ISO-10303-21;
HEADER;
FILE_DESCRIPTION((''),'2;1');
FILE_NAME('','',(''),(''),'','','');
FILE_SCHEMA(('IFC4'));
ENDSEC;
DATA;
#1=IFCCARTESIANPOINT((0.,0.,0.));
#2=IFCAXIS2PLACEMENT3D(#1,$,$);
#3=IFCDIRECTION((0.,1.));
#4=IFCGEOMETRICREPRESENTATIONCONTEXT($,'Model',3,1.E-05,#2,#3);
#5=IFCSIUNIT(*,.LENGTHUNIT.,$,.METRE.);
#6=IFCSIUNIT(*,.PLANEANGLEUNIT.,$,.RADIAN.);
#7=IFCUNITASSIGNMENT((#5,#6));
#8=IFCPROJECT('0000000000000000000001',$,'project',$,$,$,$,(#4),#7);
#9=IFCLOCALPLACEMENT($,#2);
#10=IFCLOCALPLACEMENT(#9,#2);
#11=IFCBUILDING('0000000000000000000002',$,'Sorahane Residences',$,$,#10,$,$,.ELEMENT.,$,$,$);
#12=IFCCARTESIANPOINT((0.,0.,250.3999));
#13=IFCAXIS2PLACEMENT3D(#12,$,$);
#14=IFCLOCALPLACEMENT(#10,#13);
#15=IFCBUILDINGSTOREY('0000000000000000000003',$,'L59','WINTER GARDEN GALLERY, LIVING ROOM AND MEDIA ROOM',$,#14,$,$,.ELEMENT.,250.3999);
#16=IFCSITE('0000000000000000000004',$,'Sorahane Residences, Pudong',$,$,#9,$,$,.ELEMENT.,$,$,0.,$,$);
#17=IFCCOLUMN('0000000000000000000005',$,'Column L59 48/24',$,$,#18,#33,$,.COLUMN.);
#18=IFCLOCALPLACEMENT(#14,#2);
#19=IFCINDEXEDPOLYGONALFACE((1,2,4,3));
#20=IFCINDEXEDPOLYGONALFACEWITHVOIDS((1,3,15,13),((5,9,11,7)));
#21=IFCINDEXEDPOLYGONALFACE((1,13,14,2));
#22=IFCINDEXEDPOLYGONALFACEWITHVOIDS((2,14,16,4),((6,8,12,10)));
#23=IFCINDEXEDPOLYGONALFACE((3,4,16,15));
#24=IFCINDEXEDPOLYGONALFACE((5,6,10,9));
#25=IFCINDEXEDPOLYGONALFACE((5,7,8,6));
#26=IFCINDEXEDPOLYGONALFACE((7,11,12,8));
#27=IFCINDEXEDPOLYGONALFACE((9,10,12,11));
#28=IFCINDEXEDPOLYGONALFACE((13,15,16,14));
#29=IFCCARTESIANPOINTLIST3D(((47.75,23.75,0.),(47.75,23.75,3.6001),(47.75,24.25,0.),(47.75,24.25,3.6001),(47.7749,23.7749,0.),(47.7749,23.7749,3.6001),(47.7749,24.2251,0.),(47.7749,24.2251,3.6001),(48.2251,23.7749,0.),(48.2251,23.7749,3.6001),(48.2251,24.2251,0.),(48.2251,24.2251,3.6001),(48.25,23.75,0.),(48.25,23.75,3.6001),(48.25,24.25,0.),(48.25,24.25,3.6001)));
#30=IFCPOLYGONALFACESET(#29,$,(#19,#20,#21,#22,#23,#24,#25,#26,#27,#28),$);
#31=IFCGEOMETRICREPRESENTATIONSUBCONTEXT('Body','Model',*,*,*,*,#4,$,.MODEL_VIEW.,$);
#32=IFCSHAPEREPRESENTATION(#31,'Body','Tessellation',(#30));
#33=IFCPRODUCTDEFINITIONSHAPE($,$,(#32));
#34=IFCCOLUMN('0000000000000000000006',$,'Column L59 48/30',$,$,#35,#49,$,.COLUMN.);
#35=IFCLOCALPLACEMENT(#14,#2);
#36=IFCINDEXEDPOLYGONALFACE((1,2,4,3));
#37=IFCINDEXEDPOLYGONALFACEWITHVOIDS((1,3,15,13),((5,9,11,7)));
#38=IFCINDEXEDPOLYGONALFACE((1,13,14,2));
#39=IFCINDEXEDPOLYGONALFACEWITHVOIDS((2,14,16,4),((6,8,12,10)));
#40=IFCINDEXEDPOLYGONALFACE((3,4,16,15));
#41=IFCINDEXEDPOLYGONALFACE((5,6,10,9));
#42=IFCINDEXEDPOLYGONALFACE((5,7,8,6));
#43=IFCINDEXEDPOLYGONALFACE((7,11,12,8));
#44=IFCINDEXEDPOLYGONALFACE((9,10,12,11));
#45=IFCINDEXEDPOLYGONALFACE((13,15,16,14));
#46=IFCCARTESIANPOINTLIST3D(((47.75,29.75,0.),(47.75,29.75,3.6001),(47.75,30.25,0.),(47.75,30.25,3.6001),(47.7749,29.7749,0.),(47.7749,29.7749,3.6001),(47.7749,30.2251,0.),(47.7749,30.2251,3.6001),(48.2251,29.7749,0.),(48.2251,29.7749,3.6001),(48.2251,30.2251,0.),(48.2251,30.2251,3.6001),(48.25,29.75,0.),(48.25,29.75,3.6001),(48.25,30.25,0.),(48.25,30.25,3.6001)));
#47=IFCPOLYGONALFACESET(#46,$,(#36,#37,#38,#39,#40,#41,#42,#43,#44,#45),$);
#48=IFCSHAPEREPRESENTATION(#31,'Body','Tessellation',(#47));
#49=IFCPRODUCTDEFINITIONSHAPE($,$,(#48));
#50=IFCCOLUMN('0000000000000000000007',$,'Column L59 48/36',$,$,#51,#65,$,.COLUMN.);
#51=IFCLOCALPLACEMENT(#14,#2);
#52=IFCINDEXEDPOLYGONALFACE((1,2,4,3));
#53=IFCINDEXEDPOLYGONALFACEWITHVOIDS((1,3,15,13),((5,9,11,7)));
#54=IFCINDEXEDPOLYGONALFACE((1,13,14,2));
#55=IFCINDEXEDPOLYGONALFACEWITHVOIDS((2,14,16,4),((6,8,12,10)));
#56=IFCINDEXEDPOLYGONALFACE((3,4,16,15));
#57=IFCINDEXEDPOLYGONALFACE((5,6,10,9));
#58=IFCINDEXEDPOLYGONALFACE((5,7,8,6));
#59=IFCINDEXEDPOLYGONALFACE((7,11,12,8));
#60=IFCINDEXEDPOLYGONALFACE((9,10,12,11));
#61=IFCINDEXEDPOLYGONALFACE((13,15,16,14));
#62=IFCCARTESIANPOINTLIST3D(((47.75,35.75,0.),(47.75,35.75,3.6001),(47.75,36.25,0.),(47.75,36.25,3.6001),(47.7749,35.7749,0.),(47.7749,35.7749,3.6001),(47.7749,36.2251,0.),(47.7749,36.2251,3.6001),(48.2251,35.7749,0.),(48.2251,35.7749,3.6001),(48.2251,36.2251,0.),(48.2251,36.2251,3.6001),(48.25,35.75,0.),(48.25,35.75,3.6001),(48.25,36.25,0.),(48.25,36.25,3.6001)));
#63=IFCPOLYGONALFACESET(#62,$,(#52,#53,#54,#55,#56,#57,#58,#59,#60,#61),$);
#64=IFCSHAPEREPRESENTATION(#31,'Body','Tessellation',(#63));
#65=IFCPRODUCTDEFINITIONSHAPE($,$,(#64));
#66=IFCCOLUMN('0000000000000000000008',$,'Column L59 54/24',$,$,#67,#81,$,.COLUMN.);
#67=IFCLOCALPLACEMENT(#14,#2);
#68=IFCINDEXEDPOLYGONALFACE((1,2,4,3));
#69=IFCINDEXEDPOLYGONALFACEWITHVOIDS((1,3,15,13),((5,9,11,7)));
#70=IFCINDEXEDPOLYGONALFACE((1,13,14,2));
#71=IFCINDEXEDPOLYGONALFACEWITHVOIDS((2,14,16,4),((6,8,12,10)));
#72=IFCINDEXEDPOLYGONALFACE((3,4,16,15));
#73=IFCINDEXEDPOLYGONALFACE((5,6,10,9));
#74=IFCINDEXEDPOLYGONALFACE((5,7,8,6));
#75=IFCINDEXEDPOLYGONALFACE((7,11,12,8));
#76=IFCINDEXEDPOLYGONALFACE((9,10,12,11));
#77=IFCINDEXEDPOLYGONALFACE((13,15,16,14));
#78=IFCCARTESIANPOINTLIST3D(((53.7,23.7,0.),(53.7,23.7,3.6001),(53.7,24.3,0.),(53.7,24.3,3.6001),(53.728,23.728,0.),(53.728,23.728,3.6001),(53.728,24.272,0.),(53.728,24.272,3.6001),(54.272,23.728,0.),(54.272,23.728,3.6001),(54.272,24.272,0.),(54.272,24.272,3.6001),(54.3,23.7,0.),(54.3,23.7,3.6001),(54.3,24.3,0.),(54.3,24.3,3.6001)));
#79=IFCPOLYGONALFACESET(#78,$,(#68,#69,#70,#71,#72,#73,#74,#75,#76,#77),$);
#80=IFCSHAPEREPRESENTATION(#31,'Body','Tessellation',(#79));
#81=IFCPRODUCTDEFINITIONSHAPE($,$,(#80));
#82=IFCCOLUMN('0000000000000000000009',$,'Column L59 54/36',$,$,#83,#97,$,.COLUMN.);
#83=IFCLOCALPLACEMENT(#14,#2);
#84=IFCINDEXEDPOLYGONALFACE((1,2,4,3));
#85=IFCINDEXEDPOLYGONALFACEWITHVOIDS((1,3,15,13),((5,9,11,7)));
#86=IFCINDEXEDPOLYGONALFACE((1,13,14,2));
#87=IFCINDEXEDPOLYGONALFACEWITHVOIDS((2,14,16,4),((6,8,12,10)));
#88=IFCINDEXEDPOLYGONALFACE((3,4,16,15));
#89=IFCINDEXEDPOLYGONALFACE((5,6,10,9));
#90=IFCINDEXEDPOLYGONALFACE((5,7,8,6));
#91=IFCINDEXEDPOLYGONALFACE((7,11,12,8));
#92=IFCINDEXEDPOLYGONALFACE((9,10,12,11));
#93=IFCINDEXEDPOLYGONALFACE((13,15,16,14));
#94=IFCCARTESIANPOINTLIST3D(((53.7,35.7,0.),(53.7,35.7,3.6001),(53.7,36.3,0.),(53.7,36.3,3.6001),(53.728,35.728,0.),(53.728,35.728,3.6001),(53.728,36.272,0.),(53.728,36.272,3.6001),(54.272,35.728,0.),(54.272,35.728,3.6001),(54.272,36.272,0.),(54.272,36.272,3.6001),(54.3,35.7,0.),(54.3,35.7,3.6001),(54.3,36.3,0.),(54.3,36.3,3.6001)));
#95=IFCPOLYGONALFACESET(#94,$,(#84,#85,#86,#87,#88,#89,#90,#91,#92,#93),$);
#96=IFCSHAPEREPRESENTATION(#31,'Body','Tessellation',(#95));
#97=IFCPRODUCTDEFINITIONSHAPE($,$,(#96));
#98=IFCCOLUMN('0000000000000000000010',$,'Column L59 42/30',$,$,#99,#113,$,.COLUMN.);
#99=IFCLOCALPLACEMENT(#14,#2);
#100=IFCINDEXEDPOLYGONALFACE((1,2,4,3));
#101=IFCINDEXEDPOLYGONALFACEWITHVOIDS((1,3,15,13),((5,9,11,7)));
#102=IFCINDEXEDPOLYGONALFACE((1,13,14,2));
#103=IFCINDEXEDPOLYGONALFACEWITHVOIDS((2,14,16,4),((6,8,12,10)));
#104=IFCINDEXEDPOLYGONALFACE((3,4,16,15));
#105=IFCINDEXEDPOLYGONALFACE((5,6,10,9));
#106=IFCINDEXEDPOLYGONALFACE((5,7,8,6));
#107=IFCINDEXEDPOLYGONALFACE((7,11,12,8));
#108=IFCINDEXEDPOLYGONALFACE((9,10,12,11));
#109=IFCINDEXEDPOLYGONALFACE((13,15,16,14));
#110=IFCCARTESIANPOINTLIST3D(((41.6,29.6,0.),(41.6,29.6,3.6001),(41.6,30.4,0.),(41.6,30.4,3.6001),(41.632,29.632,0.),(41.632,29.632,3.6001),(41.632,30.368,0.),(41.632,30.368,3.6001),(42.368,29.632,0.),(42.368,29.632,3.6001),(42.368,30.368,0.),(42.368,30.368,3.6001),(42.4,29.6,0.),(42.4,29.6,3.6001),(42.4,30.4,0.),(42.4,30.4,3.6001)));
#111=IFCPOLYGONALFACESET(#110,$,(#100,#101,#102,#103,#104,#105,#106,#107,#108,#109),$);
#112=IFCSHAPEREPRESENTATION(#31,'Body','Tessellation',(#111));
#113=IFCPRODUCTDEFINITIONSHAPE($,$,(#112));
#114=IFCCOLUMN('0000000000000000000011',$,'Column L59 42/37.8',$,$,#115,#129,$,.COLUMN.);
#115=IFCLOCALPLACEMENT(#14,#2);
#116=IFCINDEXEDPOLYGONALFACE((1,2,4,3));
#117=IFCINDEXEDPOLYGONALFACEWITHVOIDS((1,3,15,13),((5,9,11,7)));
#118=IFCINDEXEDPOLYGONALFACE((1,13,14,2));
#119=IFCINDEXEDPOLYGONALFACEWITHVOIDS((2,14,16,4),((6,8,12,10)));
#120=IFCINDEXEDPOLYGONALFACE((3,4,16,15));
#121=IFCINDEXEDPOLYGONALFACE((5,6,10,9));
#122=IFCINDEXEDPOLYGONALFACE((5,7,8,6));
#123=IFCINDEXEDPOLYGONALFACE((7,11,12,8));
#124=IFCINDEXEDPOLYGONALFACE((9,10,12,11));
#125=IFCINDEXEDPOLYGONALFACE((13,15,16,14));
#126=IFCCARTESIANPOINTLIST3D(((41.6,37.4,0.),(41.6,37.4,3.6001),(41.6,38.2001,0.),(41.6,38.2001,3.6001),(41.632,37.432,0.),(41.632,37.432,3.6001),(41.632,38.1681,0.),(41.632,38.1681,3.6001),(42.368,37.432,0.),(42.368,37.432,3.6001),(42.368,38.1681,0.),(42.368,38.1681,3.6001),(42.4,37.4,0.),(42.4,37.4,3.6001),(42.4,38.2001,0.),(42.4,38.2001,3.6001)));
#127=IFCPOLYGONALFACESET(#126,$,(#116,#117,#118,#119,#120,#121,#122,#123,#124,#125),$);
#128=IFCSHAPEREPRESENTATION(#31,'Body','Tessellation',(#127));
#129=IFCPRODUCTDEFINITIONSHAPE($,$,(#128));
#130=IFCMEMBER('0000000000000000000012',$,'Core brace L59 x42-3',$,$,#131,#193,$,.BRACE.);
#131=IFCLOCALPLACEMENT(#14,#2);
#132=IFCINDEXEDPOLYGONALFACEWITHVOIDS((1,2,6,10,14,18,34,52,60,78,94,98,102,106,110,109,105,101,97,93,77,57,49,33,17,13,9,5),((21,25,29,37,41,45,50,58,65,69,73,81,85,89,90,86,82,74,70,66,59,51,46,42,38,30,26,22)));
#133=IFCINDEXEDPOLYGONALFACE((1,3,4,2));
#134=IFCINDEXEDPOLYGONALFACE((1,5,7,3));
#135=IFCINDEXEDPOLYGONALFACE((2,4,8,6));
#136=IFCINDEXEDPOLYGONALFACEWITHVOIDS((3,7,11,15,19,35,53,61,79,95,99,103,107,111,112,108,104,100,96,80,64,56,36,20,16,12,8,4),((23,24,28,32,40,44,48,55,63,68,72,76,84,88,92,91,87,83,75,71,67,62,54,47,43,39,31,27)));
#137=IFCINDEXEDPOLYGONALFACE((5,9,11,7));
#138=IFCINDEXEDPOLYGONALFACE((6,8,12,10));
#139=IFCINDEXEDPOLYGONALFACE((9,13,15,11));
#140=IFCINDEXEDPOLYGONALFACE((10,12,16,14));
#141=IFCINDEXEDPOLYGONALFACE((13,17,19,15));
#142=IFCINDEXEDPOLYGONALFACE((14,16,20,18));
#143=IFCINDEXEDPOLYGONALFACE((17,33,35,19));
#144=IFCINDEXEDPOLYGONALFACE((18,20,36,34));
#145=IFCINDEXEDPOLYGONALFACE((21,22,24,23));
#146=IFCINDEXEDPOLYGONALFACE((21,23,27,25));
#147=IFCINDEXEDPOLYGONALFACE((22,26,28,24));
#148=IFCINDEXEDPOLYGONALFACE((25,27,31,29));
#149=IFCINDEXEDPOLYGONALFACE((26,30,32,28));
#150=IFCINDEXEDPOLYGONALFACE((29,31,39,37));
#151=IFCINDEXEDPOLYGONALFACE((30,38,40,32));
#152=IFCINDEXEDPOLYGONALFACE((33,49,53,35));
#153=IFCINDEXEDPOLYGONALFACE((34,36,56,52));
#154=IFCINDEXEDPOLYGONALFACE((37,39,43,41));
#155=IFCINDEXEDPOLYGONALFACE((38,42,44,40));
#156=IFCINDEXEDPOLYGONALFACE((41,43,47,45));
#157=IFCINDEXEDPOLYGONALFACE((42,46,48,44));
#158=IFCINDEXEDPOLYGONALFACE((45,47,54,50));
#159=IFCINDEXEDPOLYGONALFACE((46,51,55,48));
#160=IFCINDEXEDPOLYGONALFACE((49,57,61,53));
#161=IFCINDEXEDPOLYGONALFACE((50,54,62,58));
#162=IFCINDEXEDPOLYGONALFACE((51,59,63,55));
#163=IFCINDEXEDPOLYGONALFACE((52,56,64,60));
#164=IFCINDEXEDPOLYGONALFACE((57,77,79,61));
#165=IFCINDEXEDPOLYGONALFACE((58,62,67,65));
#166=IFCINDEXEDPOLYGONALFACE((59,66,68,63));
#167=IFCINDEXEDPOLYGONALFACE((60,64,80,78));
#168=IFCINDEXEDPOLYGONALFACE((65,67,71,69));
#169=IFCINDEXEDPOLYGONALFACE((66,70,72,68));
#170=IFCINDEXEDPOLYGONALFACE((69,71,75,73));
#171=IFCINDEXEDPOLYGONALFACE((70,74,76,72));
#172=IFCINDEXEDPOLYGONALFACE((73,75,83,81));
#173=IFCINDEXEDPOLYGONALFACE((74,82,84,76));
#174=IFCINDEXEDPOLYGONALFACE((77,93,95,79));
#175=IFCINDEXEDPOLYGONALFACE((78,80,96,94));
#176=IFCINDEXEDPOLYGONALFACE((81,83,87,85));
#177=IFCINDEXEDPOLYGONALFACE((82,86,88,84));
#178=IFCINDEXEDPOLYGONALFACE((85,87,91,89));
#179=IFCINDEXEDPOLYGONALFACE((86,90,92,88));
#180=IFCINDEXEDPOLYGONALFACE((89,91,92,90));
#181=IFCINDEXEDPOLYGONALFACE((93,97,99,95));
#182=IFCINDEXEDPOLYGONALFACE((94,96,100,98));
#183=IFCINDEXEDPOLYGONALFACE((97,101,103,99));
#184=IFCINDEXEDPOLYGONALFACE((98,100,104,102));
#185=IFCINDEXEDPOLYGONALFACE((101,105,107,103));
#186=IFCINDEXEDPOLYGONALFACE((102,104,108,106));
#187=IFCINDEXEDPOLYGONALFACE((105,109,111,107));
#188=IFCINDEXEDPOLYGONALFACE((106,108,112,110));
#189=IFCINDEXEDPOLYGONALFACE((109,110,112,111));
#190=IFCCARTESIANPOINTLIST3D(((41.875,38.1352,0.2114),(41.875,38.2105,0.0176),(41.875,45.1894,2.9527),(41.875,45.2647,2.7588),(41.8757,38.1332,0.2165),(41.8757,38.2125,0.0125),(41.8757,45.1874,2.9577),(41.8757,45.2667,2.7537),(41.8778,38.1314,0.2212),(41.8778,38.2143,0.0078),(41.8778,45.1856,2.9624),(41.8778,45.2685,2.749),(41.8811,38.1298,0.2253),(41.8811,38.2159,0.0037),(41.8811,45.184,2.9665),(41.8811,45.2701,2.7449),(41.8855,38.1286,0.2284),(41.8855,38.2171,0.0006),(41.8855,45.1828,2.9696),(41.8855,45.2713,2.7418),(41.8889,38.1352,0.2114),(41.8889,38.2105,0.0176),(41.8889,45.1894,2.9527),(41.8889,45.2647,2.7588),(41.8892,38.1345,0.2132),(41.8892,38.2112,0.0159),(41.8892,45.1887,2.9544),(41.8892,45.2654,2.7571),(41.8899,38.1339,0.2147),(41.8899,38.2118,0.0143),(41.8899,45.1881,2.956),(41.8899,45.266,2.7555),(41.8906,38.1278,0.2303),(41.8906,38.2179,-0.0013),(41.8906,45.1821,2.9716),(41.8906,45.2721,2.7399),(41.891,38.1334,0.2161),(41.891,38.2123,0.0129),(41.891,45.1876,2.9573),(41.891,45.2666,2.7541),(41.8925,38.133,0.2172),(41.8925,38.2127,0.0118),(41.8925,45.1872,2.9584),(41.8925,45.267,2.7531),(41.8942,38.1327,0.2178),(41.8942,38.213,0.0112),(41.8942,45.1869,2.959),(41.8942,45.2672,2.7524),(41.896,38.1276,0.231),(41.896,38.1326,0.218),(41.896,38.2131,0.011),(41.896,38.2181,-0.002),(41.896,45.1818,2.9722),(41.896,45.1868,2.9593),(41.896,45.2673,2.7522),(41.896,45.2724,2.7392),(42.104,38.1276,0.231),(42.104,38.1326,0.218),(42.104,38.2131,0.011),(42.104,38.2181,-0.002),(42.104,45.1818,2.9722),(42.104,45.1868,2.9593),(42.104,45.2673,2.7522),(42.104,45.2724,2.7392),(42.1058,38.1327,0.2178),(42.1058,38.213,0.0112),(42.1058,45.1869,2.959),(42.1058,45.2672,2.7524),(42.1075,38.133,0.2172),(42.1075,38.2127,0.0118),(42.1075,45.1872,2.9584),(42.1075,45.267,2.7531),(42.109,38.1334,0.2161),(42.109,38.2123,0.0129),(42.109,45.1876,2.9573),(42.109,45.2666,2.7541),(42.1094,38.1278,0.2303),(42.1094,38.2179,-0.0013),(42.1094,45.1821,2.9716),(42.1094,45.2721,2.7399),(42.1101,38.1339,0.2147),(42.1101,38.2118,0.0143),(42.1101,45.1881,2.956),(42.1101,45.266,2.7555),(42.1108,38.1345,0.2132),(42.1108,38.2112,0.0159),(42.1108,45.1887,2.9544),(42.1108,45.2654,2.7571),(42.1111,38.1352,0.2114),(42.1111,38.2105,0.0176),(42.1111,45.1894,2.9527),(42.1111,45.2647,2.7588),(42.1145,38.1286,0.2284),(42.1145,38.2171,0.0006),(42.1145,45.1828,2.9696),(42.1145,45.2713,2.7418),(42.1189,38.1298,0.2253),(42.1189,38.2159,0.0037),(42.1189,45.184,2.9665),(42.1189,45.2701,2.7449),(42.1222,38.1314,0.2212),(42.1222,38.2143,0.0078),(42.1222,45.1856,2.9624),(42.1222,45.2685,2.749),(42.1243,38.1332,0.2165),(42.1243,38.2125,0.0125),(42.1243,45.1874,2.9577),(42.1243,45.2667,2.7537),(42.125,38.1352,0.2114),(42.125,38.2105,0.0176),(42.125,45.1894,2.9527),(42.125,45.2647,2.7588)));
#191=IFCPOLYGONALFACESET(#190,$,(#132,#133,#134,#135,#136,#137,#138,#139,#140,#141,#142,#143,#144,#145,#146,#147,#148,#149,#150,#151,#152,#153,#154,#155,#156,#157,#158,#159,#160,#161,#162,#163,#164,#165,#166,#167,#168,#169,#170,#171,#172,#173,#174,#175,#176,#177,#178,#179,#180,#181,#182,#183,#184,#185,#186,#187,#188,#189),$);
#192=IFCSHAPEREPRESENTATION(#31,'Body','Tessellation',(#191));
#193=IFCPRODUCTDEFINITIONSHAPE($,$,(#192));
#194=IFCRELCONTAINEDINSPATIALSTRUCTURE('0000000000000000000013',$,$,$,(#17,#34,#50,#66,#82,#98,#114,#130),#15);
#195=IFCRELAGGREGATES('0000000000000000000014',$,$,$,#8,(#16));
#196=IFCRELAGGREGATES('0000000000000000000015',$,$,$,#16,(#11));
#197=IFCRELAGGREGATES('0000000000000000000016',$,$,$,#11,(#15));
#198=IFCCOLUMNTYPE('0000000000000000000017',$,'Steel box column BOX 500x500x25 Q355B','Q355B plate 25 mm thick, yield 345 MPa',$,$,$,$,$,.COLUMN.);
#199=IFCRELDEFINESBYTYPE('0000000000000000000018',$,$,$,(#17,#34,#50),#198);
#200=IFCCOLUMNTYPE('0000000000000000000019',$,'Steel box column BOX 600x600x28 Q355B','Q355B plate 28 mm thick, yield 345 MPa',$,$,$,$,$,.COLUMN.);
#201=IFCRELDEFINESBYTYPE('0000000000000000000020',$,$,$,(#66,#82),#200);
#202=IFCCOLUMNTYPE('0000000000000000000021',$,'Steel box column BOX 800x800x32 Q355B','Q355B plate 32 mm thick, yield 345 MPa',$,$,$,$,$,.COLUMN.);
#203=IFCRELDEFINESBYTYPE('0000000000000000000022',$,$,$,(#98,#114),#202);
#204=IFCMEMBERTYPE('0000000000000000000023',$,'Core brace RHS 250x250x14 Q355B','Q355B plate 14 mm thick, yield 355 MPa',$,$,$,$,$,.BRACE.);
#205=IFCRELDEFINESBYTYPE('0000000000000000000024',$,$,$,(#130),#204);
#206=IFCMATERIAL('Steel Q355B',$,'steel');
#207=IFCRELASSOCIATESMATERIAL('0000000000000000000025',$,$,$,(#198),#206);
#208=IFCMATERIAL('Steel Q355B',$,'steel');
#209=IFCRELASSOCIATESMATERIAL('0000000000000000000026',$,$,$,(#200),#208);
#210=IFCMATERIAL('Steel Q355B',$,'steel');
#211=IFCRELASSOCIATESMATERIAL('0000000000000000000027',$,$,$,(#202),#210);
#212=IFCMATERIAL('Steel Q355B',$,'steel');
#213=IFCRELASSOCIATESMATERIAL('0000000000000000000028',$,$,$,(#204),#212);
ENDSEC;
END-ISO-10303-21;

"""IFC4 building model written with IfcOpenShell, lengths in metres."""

from ifc_helpers import new_model, si_unit, direction, frame, origin, origin_2d, place, context, subcontext, project, spatial, hollow_rectangle, extrude, material, material_profile, profile_set, type_object, element, save


model = new_model("IFC4")

# Units and contexts
model_context = context("Model", 3, precision=1e-05, world=origin(), true_north=direction((0.0, 1.0)))
body_context = subcontext(model_context, "Body", "Model", "MODEL_VIEW")
ifc_project = project(units=[si_unit("LENGTHUNIT", "METRE"), si_unit("PLANEANGLEUNIT", "RADIAN")], contexts=[model_context])

# Site, building, storey
site_placement = place(None, origin())
site = spatial("IfcSite", under=ifc_project, at=site_placement, Name="Sorahane Residences, Pudong", CompositionType="ELEMENT", RefElevation=0.0)
building_placement = place(site_placement, origin())
building = spatial("IfcBuilding", under=site, at=building_placement, Name="Sorahane Residences", CompositionType="ELEMENT")
storey_placement = place(building_placement, frame((0.0, 0.0, 250.3999)))
storey = spatial("IfcBuildingStorey", under=building, at=storey_placement, Name="L59", Description="WINTER GARDEN GALLERY, LIVING ROOM AND MEDIA ROOM", CompositionType="ELEMENT", Elevation=250.3999)

# Columns
ifc_material_1 = material(Name="Steel Q355B", Category="steel")
ifc_material_profile_1 = material_profile(ifc_material_1, hollow_rectangle(XDim=0.5, YDim=0.5, WallThickness=0.0249, at=origin_2d()), Name="BOX 500x500x25")
ifc_profile_set_1 = profile_set([ifc_material_profile_1], Name="Steel Q355B")
column_type_1 = type_object("IfcColumnType", Name="Steel box column BOX 500x500x25 Q355B", Description="Q355B plate 25 mm thick, yield 345 MPa", PredefinedType="COLUMN", material=ifc_profile_set_1)
for number, where, z_axis, x_axis, name in (
    (1, (48.0, 24.0, 0.0), (0.0, 0.0, 1.0), (1.0, 0.0, 0.0), "Column L59 48/24"),
    (2, (48.0, 30.0, 0.0), (0.0, 0.0, 1.0), (1.0, 0.0, 0.0), "Column L59 48/30"),
    (3, (48.0, 36.0, 0.0), (0.0, 0.0, 1.0), (1.0, 0.0, 0.0), "Column L59 48/36"),
):
    element("IfcColumn", number, at=place(storey_placement, frame(where, z_axis=z_axis, x_axis=x_axis)), inside=storey, type_object=column_type_1, Name=name, PredefinedType="COLUMN", context=body_context, shape_type="SweptSolid", body=[
        extrude(hollow_rectangle(XDim=0.5, YDim=0.5, WallThickness=0.0249, at=origin_2d()), origin(), (0.0, 0.0, 1.0), 3.6001),
    ])
ifc_material_2 = material(Name="Steel Q355B", Category="steel")
ifc_material_profile_2 = material_profile(ifc_material_2, hollow_rectangle(XDim=0.6001, YDim=0.6001, WallThickness=0.0281, at=origin_2d()), Name="BOX 600x600x28")
ifc_profile_set_2 = profile_set([ifc_material_profile_2], Name="Steel Q355B")
column_type_2 = type_object("IfcColumnType", Name="Steel box column BOX 600x600x28 Q355B", Description="Q355B plate 28 mm thick, yield 345 MPa", PredefinedType="COLUMN", material=ifc_profile_set_2)
for number, where, z_axis, x_axis, name in (
    (4, (54.0, 24.0, 0.0), (0.0, 0.0, 1.0), (1.0, 0.0, 0.0), "Column L59 54/24"),
    (5, (54.0, 36.0, 0.0), (0.0, 0.0, 1.0), (1.0, 0.0, 0.0), "Column L59 54/36"),
):
    element("IfcColumn", number, at=place(storey_placement, frame(where, z_axis=z_axis, x_axis=x_axis)), inside=storey, type_object=column_type_2, Name=name, PredefinedType="COLUMN", context=body_context, shape_type="SweptSolid", body=[
        extrude(hollow_rectangle(XDim=0.6001, YDim=0.6001, WallThickness=0.0281, at=origin_2d()), origin(), (0.0, 0.0, 1.0), 3.6001),
    ])
ifc_material_3 = material(Name="Steel Q355B", Category="steel")
ifc_material_profile_3 = material_profile(ifc_material_3, hollow_rectangle(XDim=0.8, YDim=0.8, WallThickness=0.032, at=origin_2d()), Name="BOX 800x800x32")
ifc_profile_set_3 = profile_set([ifc_material_profile_3], Name="Steel Q355B")
column_type_3 = type_object("IfcColumnType", Name="Steel box column BOX 800x800x32 Q355B", Description="Q355B plate 32 mm thick, yield 345 MPa", PredefinedType="COLUMN", material=ifc_profile_set_3)
for number, where, z_axis, x_axis, name in (
    (6, (42.0, 30.0, 0.0), (0.0, 0.0, 1.0), (1.0, 0.0, 0.0), "Column L59 42/30"),
    (7, (42.0, 37.8, 0.0), (0.0, 0.0, 1.0), (1.0, 0.0, 0.0), "Column L59 42/37.8"),
):
    element("IfcColumn", number, at=place(storey_placement, frame(where, z_axis=z_axis, x_axis=x_axis)), inside=storey, type_object=column_type_3, Name=name, PredefinedType="COLUMN", context=body_context, shape_type="SweptSolid", body=[
        extrude(hollow_rectangle(XDim=0.8, YDim=0.8, WallThickness=0.032, at=origin_2d()), origin(), (0.0, 0.0, 1.0), 3.6001),
    ])

# Member
ifc_material_4 = material(Name="Steel Q355B", Category="steel")
ifc_material_profile_4 = material_profile(ifc_material_4, hollow_rectangle(XDim=0.25, YDim=0.25, WallThickness=0.0139, InnerFilletRadius=0.0071, OuterFilletRadius=0.021, at=origin_2d()), Name="RHS 250x250x14")
ifc_profile_set_4 = profile_set([ifc_material_profile_4], Name="Steel Q355B")
member_type_1 = type_object("IfcMemberType", Name="Core brace RHS 250x250x14 Q355B", Description="Q355B plate 14 mm thick, yield 355 MPa", PredefinedType="BRACE", material=ifc_profile_set_4)
member_1_placement = place(storey_placement, frame((42.0, 38.1729, 0.1145), z_axis=(0.0, 0.932098, 0.362207), x_axis=(-1.0, 0.0, 0.0)))
element("IfcMember", 8, at=member_1_placement, inside=storey, type_object=member_type_1, Name="Core brace L59 x42-3", PredefinedType="BRACE", context=body_context, shape_type="SweptSolid", body=[
    extrude(hollow_rectangle(XDim=0.25, YDim=0.25, WallThickness=0.0139, InnerFilletRadius=0.0071, OuterFilletRadius=0.021, at=origin_2d()), origin(), (0.0, 0.0, 1.0), 7.5681),
])

save(model, "model.ifc")
